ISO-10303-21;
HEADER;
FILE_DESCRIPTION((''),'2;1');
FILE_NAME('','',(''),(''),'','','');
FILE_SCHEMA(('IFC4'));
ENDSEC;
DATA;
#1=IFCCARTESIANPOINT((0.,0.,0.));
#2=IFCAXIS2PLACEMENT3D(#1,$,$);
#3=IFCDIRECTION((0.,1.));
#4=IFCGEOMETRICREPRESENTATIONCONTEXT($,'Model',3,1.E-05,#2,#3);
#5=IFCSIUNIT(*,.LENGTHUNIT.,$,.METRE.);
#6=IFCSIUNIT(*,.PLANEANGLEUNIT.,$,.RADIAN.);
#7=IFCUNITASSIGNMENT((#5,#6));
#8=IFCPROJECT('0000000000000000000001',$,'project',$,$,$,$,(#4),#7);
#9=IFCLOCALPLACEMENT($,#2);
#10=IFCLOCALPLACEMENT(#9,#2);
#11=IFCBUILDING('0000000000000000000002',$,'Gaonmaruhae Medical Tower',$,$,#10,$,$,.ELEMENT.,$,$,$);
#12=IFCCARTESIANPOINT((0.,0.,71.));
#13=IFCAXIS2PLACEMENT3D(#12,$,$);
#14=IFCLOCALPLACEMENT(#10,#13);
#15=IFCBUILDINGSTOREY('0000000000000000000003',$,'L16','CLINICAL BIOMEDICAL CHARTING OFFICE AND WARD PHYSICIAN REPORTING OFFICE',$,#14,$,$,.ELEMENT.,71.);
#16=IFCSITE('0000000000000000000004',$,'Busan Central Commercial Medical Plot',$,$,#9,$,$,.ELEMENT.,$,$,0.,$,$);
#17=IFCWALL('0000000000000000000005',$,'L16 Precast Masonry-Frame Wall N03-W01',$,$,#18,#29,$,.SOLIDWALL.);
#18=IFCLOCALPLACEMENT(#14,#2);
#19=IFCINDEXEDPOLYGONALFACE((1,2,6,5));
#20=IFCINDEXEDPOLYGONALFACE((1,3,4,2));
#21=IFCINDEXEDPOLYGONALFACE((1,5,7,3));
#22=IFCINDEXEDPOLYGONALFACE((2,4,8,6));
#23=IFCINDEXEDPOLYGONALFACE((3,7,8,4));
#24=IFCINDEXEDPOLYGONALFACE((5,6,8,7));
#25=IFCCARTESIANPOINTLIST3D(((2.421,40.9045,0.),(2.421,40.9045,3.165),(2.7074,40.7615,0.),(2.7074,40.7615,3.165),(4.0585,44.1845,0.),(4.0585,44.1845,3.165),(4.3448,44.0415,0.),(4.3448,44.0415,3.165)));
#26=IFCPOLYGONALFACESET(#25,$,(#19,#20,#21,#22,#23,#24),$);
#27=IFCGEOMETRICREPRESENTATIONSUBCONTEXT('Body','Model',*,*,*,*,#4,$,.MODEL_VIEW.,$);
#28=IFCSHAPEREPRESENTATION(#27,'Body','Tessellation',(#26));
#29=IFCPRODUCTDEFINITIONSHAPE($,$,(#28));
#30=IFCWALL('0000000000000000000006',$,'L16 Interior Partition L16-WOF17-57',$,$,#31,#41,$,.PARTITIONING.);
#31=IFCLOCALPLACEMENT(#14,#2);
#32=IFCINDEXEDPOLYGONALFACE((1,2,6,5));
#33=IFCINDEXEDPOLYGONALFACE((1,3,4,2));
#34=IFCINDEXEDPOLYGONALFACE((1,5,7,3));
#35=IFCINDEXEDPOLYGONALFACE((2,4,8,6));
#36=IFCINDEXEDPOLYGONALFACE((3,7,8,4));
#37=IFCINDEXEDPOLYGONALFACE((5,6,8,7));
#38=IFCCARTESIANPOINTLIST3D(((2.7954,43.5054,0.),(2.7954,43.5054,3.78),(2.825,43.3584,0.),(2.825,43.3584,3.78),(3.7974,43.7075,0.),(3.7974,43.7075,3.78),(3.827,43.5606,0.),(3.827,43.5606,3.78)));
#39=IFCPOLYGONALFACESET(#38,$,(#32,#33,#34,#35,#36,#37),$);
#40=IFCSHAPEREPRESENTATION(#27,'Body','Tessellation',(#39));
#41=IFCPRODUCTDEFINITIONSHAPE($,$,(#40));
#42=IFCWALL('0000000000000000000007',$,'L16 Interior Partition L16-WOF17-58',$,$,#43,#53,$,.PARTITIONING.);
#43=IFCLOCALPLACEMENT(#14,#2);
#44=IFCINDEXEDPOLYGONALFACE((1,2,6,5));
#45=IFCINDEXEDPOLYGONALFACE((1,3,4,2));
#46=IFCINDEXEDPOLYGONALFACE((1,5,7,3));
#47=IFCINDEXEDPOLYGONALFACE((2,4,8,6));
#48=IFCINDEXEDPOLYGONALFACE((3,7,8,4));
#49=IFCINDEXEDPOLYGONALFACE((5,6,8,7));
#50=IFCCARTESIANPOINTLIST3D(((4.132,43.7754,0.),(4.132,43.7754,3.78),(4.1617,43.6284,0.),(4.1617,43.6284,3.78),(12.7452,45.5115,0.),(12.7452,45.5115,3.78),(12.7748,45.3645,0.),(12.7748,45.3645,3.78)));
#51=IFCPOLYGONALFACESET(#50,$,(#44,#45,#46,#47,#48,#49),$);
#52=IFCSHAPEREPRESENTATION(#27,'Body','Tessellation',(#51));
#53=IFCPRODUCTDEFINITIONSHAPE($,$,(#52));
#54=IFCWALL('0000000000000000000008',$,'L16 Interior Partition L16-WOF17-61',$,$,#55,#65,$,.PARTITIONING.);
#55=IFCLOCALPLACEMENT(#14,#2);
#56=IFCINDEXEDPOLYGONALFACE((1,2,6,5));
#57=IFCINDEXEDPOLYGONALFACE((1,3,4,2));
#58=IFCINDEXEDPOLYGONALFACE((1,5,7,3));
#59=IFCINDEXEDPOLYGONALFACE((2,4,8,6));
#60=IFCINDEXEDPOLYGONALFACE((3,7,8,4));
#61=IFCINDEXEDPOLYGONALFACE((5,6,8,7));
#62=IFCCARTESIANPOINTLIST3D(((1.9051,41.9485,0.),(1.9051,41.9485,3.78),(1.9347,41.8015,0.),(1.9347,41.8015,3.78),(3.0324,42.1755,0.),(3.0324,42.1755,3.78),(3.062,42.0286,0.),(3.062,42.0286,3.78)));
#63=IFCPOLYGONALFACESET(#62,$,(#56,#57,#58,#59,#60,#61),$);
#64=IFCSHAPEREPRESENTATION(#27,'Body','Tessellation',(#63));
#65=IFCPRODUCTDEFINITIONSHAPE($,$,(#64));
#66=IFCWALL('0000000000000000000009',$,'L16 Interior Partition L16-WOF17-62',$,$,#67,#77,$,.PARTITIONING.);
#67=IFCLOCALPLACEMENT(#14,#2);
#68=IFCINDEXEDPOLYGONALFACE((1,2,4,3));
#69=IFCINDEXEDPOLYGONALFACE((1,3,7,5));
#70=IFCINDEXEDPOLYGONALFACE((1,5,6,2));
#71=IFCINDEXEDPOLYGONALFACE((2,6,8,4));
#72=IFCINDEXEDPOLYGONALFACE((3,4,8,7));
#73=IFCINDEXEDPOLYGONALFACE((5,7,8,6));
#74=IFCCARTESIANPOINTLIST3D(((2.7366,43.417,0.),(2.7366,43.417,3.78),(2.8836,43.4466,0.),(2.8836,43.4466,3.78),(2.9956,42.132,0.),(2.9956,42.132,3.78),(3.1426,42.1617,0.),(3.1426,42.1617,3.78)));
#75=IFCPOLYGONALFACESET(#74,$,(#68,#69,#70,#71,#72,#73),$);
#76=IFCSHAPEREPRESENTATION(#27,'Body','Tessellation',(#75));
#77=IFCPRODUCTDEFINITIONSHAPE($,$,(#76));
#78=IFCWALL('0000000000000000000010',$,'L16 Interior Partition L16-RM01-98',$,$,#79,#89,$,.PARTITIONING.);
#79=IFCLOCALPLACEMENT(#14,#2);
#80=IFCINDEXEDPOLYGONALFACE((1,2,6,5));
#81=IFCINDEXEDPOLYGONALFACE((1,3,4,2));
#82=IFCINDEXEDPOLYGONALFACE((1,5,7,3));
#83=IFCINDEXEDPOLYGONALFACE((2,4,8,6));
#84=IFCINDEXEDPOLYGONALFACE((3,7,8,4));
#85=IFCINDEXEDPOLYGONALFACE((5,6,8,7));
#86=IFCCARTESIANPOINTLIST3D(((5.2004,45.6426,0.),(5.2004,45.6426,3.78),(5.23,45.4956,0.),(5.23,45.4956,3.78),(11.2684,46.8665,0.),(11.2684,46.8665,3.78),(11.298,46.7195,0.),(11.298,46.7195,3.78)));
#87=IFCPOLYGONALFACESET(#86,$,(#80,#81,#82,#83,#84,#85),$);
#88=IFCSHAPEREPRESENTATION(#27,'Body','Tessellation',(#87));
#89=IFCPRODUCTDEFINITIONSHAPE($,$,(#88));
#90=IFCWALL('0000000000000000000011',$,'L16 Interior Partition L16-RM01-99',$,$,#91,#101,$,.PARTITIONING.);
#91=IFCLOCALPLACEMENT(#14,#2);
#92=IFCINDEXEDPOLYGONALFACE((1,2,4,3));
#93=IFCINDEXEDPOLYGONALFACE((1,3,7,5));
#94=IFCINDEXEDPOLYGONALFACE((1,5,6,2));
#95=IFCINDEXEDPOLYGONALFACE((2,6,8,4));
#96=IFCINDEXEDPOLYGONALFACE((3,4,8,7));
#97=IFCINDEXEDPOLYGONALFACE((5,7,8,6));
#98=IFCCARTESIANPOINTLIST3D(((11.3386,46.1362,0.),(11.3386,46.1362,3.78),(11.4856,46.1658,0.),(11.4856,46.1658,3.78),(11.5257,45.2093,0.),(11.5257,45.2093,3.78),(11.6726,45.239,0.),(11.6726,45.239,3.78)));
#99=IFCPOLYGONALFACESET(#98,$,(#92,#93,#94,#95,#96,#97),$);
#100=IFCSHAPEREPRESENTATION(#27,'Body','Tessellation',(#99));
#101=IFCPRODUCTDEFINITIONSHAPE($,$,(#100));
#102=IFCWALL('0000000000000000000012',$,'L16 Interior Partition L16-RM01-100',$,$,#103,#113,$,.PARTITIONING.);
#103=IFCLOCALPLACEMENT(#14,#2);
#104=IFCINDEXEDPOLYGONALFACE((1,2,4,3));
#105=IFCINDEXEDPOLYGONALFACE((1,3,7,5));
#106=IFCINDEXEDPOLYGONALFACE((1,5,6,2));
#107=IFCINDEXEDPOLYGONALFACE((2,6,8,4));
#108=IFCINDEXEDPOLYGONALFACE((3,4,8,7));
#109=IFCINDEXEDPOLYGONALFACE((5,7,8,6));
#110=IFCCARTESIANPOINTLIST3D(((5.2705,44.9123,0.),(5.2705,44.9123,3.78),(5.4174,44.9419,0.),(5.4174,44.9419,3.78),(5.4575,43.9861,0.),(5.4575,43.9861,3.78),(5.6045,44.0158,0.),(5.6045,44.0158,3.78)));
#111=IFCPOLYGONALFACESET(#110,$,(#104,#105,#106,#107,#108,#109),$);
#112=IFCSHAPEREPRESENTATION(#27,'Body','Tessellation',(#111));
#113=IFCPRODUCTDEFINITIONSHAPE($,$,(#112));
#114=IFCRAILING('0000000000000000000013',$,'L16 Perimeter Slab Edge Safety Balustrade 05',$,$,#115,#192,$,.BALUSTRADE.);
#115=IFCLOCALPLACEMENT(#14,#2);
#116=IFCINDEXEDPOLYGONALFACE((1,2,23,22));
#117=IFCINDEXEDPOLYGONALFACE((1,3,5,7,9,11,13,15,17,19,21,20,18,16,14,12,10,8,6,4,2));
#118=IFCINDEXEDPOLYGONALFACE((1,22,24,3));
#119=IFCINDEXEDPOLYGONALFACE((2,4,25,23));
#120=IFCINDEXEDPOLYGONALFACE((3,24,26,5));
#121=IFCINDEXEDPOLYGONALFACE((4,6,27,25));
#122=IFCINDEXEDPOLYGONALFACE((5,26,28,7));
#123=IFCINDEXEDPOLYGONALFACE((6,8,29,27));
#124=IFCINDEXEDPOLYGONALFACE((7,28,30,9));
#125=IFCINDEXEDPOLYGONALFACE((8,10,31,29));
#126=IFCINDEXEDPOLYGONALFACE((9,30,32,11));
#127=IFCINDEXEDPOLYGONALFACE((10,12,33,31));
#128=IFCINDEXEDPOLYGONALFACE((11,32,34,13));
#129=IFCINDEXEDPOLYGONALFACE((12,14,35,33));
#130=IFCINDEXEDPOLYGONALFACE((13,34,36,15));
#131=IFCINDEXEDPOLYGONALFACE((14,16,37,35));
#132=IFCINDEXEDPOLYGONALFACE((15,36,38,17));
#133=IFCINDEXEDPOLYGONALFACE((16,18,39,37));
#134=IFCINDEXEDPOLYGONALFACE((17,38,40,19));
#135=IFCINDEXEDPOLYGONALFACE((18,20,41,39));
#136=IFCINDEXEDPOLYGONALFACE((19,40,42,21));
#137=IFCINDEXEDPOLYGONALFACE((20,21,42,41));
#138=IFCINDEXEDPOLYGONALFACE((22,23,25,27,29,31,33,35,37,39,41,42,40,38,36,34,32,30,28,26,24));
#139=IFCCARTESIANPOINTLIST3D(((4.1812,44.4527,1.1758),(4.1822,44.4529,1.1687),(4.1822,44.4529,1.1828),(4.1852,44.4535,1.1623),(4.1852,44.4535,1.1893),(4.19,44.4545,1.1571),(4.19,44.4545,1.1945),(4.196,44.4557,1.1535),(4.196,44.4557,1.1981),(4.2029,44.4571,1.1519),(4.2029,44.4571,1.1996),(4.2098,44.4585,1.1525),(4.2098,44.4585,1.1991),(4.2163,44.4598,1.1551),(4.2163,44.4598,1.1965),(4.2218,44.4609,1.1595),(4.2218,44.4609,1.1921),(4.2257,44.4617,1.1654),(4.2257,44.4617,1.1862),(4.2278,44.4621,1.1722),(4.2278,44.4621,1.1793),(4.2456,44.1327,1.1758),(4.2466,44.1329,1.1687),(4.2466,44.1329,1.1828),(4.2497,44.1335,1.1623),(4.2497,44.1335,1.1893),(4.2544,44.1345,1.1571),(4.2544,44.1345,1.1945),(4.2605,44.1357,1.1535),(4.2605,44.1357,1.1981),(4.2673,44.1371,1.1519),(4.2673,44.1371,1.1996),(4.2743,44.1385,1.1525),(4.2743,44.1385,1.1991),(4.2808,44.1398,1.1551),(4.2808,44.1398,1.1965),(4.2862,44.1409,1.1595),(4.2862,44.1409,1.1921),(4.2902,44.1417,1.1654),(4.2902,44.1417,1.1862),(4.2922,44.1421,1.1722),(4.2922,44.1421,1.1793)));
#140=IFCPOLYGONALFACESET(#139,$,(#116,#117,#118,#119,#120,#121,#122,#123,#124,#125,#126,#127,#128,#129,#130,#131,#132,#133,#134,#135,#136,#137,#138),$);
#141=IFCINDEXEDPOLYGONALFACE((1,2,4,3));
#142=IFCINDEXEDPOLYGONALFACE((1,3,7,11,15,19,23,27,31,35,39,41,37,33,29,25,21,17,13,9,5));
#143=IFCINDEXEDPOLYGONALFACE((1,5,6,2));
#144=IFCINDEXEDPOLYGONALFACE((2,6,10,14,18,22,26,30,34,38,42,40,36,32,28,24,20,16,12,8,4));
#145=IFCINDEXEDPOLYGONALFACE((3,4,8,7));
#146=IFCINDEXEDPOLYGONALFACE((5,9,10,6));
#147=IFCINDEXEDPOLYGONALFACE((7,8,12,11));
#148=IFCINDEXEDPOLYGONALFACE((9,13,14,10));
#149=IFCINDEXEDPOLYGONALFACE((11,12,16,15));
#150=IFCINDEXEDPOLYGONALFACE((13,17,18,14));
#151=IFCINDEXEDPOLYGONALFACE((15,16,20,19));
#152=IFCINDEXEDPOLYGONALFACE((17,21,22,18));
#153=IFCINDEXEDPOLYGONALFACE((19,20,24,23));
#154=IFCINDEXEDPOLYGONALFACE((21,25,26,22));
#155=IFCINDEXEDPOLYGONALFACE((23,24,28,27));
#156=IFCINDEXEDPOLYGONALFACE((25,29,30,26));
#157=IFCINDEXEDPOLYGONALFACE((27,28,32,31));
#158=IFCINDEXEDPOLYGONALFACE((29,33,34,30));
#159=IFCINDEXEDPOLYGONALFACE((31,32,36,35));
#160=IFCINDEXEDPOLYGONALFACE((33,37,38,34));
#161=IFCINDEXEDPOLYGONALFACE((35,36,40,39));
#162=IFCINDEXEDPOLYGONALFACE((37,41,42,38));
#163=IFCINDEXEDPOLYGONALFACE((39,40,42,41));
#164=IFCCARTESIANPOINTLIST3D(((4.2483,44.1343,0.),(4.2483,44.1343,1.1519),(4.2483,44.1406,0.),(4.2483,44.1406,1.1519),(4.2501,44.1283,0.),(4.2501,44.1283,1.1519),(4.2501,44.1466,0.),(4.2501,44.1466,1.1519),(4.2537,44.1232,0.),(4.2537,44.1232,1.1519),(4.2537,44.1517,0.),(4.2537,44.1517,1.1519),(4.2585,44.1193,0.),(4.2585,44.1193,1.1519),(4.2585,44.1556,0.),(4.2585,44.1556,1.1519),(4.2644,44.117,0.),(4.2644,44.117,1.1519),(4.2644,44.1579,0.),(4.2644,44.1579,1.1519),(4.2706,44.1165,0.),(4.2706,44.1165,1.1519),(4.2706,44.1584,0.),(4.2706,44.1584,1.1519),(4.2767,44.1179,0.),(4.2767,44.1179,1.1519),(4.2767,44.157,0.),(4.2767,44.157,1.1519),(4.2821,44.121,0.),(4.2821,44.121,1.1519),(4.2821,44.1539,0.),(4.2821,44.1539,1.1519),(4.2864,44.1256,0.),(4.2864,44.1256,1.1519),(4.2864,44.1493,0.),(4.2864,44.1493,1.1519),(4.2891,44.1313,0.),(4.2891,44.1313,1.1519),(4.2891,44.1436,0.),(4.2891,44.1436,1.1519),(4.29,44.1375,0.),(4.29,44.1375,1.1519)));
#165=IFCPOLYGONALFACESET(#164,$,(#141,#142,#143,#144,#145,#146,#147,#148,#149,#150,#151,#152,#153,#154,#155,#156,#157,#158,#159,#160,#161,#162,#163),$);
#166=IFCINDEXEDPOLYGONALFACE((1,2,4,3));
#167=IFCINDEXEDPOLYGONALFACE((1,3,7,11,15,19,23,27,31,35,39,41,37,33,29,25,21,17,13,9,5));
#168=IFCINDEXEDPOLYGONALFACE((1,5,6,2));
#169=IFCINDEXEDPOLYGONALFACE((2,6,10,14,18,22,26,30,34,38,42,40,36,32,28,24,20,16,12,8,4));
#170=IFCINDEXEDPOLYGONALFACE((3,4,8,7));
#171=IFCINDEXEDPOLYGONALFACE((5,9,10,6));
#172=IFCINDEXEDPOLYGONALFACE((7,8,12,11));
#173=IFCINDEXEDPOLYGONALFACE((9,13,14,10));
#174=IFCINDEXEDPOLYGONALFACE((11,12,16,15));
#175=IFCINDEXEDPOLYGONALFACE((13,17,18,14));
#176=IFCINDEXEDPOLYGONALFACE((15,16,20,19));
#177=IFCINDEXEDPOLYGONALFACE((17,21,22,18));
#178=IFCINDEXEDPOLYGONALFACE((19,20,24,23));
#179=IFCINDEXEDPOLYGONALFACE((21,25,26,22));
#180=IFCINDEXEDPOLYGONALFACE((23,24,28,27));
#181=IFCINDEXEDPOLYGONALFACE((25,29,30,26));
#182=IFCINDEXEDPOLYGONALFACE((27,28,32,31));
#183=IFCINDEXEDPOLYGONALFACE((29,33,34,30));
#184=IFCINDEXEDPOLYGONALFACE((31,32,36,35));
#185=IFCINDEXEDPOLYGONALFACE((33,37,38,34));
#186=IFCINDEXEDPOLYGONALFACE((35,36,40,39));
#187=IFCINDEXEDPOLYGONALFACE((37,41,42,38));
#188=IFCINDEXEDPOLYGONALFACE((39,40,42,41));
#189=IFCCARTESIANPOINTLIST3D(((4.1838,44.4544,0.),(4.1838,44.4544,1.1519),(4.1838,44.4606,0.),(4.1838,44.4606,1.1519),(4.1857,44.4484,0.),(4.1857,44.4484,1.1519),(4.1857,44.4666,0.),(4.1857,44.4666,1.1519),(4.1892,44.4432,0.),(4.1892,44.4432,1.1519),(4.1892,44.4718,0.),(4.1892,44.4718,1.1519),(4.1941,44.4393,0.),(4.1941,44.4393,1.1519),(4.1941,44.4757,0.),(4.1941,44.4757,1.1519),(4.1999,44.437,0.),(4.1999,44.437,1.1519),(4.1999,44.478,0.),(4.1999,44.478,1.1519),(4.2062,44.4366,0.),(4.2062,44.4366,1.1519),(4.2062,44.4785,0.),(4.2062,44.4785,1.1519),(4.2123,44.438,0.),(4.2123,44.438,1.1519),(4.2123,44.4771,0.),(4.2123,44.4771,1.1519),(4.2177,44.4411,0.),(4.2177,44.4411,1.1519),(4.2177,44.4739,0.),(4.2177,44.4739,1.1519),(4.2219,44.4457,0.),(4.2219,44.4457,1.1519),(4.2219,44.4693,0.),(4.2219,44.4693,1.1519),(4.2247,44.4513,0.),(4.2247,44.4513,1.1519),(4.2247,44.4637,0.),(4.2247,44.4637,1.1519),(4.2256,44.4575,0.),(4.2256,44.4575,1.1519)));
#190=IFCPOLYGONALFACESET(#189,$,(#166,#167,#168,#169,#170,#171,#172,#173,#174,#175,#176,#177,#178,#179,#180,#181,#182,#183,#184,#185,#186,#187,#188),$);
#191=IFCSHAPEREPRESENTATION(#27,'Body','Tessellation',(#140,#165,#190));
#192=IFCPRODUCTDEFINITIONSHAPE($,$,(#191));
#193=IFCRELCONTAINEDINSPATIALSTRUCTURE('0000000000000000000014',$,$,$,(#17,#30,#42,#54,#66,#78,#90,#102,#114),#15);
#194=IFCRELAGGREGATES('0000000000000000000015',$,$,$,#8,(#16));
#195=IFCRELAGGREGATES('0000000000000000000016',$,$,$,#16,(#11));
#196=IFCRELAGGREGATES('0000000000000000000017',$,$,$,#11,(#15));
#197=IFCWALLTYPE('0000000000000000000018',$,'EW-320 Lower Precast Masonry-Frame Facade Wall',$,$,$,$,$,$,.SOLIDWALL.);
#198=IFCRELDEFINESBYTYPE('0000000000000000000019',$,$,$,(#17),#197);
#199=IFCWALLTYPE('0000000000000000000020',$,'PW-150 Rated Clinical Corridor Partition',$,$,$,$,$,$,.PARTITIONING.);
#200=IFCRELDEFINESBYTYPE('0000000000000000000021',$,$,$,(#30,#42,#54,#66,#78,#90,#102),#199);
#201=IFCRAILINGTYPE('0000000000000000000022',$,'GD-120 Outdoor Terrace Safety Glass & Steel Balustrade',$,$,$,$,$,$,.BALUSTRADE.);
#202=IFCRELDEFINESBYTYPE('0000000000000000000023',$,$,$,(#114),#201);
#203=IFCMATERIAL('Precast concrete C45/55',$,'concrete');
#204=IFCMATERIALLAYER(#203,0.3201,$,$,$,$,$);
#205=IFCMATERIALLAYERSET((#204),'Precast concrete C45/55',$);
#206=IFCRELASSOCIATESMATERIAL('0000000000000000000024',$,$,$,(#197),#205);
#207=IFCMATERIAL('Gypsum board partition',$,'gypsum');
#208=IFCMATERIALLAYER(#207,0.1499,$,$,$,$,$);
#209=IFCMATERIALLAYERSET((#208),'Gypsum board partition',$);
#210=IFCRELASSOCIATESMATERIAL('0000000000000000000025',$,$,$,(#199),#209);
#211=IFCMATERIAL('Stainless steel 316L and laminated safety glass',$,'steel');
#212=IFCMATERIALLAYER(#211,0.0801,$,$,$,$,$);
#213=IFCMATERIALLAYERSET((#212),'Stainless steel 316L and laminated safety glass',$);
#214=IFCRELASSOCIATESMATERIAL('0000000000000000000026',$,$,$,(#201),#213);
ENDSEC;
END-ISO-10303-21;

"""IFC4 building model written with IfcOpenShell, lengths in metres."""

from ifc_helpers import new_model, si_unit, direction, frame, frame_2d, origin, origin_2d, place, context, subcontext, project, spatial, rectangle, circle, extrude, material, layer, layer_set, type_object, element, save


model = new_model("IFC4")

# Units and contexts
model_context = context("Model", 3, precision=1e-05, world=origin(), true_north=direction((0.0, 1.0)))
body_context = subcontext(model_context, "Body", "Model", "MODEL_VIEW")
ifc_project = project(units=[si_unit("LENGTHUNIT", "METRE"), si_unit("PLANEANGLEUNIT", "RADIAN")], contexts=[model_context])

# Site, building, storey
site_placement = place(None, origin())
site = spatial("IfcSite", under=ifc_project, at=site_placement, Name="Busan Central Commercial Medical Plot", CompositionType="ELEMENT", RefElevation=0.0)
building_placement = place(site_placement, origin())
building = spatial("IfcBuilding", under=site, at=building_placement, Name="Gaonmaruhae Medical Tower", CompositionType="ELEMENT")
storey_placement = place(building_placement, frame((0.0, 0.0, 71.0)))
storey = spatial("IfcBuildingStorey", under=building, at=storey_placement, Name="L16", Description="CLINICAL BIOMEDICAL CHARTING OFFICE AND WARD PHYSICIAN REPORTING OFFICE", CompositionType="ELEMENT", Elevation=71.0)

# Walls
ifc_material_1 = material(Name="Precast concrete C45/55", Category="concrete")
ifc_layer_1 = layer(ifc_material_1, 0.3201)
ifc_layer_set_1 = layer_set([ifc_layer_1], Name="Precast concrete C45/55")
wall_type_1 = type_object("IfcWallType", Name="EW-320 Lower Precast Masonry-Frame Facade Wall", PredefinedType="SOLIDWALL", material=ifc_layer_set_1)
wall_1_placement = place(storey_placement, frame((2.5642, 40.833, 0.0), z_axis=(0.0, 0.0, 1.0), x_axis=(0.446654, 0.894707, 0.0)))
element("IfcWall", 1, at=wall_1_placement, inside=storey, type_object=wall_type_1, Name="L16 Precast Masonry-Frame Wall N03-W01", PredefinedType="SOLIDWALL", context=body_context, shape_type="SweptSolid", body=[
    extrude(rectangle(XDim=3.666, YDim=0.3201, at=frame_2d((1.833, 0.0))), origin(), (0.0, 0.0, 1.0), 3.165),
])
ifc_material_2 = material(Name="Gypsum board partition", Category="gypsum")
ifc_layer_2 = layer(ifc_material_2, 0.1499)
ifc_layer_set_2 = layer_set([ifc_layer_2], Name="Gypsum board partition")
wall_type_2 = type_object("IfcWallType", Name="PW-150 Rated Clinical Corridor Partition", PredefinedType="PARTITIONING", material=ifc_layer_set_2)
wall_2_placement = place(storey_placement, frame((2.8101, 43.4319, 0.0), z_axis=(0.0, 0.0, 1.0), x_axis=(0.980249, 0.197769, 0.0)))
element("IfcWall", 2, at=wall_2_placement, inside=storey, type_object=wall_type_2, Name="L16 Interior Partition L16-WOF17-57", PredefinedType="PARTITIONING", context=body_context, shape_type="SweptSolid", body=[
    extrude(rectangle(XDim=1.0222, YDim=0.1499, at=frame_2d((0.5112, 0.0))), origin(), (0.0, 0.0, 1.0), 3.78),
])
wall_3_placement = place(storey_placement, frame((4.147, 43.7019, 0.0), z_axis=(0.0, 0.0, 1.0), x_axis=(0.980285, 0.197591, 0.0)))
element("IfcWall", 3, at=wall_3_placement, inside=storey, type_object=wall_type_2, Name="L16 Interior Partition L16-WOF17-58", PredefinedType="PARTITIONING", context=body_context, shape_type="SweptSolid", body=[
    extrude(rectangle(XDim=8.7864, YDim=0.1499, at=frame_2d((4.3931, 0.0))), origin(), (0.0, 0.0, 1.0), 3.78),
])
wall_4_placement = place(storey_placement, frame((1.9199, 41.875, 0.0), z_axis=(0.0, 0.0, 1.0), x_axis=(0.98031, 0.197463, 0.0)))
element("IfcWall", 4, at=wall_4_placement, inside=storey, type_object=wall_type_2, Name="L16 Interior Partition L16-WOF17-61", PredefinedType="PARTITIONING", context=body_context, shape_type="SweptSolid", body=[
    extrude(rectangle(XDim=1.1499, YDim=0.1499, at=frame_2d((0.575, 0.0))), origin(), (0.0, 0.0, 1.0), 3.78),
])
wall_5_placement = place(storey_placement, frame((3.0691, 42.147, 0.0), z_axis=(0.0, 0.0, 1.0), x_axis=(-0.19762, 0.980279, 0.0)))
element("IfcWall", 5, at=wall_5_placement, inside=storey, type_object=wall_type_2, Name="L16 Interior Partition L16-WOF17-62", PredefinedType="PARTITIONING", context=body_context, shape_type="SweptSolid", body=[
    extrude(rectangle(XDim=1.3108, YDim=0.1499, at=frame_2d((0.6553, 0.0))), origin(), (0.0, 0.0, 1.0), 3.78),
])
wall_6_placement = place(storey_placement, frame((5.2151, 45.5691, 0.0), z_axis=(0.0, 0.0, 1.0), x_axis=(0.980259, 0.197716, 0.0)))
element("IfcWall", 6, at=wall_6_placement, inside=storey, type_object=wall_type_2, Name="L16 Interior Partition L16-RM01-98", PredefinedType="PARTITIONING", context=body_context, shape_type="SweptSolid", body=[
    extrude(rectangle(XDim=6.1902, YDim=0.1499, at=frame_2d((3.0952, 0.0))), origin(), (0.0, 0.0, 1.0), 3.78),
])
wall_7_placement = place(storey_placement, frame((11.4121, 46.1509, 0.0), z_axis=(0.0, 0.0, 1.0), x_axis=(0.197804, -0.980242, 0.0)))
element("IfcWall", 7, at=wall_7_placement, inside=storey, type_object=wall_type_2, Name="L16 Interior Partition L16-RM01-99", PredefinedType="PARTITIONING", context=body_context, shape_type="SweptSolid", body=[
    extrude(rectangle(XDim=0.9456, YDim=0.1499, at=frame_2d((0.4727, 0.0))), origin(), (0.0, 0.0, 1.0), 3.78),
])
wall_8_placement = place(storey_placement, frame((5.531, 44.001, 0.0), z_axis=(0.0, 0.0, 1.0), x_axis=(-0.197955, 0.980211, 0.0)))
element("IfcWall", 8, at=wall_8_placement, inside=storey, type_object=wall_type_2, Name="L16 Interior Partition L16-RM01-100", PredefinedType="PARTITIONING", context=body_context, shape_type="SweptSolid", body=[
    extrude(rectangle(XDim=0.9448, YDim=0.1499, at=frame_2d((0.4724, 0.0))), origin(), (0.0, 0.0, 1.0), 3.78),
])

# Railing
ifc_material_3 = material(Name="Stainless steel 316L and laminated safety glass", Category="steel")
ifc_layer_3 = layer(ifc_material_3, 0.0801)
ifc_layer_set_3 = layer_set([ifc_layer_3], Name="Stainless steel 316L and laminated safety glass")
railing_type = type_object("IfcRailingType", Name="GD-120 Outdoor Terrace Safety Glass & Steel Balustrade", PredefinedType="BALUSTRADE", material=ifc_layer_set_3)
railing_1_placement = place(storey_placement, frame((4.269, 44.1375, 0.0)))
element("IfcRailing", 9, at=railing_1_placement, inside=storey, type_object=railing_type, Name="L16 Perimeter Slab Edge Safety Balustrade 05", PredefinedType="BALUSTRADE", context=body_context, shape_type="SweptSolid", body=[
    extrude(circle(Radius=0.0239, at=origin_2d()), frame((0.0, 0.0, 1.1758), z_axis=(-0.19741, 0.980321, 0.0), x_axis=(-0.980321, -0.19741, 0.0)), (0.0, 0.0, 1.0), 0.3264),
    extrude(circle(Radius=0.021, at=origin_2d()), origin(), (0.0, 0.0, 1.0), 1.1519),
    extrude(circle(Radius=0.021, at=origin_2d()), frame((-0.0645, 0.3201, 0.0)), (0.0, 0.0, 1.0), 1.1519),
])

save(model, "model.ifc")
